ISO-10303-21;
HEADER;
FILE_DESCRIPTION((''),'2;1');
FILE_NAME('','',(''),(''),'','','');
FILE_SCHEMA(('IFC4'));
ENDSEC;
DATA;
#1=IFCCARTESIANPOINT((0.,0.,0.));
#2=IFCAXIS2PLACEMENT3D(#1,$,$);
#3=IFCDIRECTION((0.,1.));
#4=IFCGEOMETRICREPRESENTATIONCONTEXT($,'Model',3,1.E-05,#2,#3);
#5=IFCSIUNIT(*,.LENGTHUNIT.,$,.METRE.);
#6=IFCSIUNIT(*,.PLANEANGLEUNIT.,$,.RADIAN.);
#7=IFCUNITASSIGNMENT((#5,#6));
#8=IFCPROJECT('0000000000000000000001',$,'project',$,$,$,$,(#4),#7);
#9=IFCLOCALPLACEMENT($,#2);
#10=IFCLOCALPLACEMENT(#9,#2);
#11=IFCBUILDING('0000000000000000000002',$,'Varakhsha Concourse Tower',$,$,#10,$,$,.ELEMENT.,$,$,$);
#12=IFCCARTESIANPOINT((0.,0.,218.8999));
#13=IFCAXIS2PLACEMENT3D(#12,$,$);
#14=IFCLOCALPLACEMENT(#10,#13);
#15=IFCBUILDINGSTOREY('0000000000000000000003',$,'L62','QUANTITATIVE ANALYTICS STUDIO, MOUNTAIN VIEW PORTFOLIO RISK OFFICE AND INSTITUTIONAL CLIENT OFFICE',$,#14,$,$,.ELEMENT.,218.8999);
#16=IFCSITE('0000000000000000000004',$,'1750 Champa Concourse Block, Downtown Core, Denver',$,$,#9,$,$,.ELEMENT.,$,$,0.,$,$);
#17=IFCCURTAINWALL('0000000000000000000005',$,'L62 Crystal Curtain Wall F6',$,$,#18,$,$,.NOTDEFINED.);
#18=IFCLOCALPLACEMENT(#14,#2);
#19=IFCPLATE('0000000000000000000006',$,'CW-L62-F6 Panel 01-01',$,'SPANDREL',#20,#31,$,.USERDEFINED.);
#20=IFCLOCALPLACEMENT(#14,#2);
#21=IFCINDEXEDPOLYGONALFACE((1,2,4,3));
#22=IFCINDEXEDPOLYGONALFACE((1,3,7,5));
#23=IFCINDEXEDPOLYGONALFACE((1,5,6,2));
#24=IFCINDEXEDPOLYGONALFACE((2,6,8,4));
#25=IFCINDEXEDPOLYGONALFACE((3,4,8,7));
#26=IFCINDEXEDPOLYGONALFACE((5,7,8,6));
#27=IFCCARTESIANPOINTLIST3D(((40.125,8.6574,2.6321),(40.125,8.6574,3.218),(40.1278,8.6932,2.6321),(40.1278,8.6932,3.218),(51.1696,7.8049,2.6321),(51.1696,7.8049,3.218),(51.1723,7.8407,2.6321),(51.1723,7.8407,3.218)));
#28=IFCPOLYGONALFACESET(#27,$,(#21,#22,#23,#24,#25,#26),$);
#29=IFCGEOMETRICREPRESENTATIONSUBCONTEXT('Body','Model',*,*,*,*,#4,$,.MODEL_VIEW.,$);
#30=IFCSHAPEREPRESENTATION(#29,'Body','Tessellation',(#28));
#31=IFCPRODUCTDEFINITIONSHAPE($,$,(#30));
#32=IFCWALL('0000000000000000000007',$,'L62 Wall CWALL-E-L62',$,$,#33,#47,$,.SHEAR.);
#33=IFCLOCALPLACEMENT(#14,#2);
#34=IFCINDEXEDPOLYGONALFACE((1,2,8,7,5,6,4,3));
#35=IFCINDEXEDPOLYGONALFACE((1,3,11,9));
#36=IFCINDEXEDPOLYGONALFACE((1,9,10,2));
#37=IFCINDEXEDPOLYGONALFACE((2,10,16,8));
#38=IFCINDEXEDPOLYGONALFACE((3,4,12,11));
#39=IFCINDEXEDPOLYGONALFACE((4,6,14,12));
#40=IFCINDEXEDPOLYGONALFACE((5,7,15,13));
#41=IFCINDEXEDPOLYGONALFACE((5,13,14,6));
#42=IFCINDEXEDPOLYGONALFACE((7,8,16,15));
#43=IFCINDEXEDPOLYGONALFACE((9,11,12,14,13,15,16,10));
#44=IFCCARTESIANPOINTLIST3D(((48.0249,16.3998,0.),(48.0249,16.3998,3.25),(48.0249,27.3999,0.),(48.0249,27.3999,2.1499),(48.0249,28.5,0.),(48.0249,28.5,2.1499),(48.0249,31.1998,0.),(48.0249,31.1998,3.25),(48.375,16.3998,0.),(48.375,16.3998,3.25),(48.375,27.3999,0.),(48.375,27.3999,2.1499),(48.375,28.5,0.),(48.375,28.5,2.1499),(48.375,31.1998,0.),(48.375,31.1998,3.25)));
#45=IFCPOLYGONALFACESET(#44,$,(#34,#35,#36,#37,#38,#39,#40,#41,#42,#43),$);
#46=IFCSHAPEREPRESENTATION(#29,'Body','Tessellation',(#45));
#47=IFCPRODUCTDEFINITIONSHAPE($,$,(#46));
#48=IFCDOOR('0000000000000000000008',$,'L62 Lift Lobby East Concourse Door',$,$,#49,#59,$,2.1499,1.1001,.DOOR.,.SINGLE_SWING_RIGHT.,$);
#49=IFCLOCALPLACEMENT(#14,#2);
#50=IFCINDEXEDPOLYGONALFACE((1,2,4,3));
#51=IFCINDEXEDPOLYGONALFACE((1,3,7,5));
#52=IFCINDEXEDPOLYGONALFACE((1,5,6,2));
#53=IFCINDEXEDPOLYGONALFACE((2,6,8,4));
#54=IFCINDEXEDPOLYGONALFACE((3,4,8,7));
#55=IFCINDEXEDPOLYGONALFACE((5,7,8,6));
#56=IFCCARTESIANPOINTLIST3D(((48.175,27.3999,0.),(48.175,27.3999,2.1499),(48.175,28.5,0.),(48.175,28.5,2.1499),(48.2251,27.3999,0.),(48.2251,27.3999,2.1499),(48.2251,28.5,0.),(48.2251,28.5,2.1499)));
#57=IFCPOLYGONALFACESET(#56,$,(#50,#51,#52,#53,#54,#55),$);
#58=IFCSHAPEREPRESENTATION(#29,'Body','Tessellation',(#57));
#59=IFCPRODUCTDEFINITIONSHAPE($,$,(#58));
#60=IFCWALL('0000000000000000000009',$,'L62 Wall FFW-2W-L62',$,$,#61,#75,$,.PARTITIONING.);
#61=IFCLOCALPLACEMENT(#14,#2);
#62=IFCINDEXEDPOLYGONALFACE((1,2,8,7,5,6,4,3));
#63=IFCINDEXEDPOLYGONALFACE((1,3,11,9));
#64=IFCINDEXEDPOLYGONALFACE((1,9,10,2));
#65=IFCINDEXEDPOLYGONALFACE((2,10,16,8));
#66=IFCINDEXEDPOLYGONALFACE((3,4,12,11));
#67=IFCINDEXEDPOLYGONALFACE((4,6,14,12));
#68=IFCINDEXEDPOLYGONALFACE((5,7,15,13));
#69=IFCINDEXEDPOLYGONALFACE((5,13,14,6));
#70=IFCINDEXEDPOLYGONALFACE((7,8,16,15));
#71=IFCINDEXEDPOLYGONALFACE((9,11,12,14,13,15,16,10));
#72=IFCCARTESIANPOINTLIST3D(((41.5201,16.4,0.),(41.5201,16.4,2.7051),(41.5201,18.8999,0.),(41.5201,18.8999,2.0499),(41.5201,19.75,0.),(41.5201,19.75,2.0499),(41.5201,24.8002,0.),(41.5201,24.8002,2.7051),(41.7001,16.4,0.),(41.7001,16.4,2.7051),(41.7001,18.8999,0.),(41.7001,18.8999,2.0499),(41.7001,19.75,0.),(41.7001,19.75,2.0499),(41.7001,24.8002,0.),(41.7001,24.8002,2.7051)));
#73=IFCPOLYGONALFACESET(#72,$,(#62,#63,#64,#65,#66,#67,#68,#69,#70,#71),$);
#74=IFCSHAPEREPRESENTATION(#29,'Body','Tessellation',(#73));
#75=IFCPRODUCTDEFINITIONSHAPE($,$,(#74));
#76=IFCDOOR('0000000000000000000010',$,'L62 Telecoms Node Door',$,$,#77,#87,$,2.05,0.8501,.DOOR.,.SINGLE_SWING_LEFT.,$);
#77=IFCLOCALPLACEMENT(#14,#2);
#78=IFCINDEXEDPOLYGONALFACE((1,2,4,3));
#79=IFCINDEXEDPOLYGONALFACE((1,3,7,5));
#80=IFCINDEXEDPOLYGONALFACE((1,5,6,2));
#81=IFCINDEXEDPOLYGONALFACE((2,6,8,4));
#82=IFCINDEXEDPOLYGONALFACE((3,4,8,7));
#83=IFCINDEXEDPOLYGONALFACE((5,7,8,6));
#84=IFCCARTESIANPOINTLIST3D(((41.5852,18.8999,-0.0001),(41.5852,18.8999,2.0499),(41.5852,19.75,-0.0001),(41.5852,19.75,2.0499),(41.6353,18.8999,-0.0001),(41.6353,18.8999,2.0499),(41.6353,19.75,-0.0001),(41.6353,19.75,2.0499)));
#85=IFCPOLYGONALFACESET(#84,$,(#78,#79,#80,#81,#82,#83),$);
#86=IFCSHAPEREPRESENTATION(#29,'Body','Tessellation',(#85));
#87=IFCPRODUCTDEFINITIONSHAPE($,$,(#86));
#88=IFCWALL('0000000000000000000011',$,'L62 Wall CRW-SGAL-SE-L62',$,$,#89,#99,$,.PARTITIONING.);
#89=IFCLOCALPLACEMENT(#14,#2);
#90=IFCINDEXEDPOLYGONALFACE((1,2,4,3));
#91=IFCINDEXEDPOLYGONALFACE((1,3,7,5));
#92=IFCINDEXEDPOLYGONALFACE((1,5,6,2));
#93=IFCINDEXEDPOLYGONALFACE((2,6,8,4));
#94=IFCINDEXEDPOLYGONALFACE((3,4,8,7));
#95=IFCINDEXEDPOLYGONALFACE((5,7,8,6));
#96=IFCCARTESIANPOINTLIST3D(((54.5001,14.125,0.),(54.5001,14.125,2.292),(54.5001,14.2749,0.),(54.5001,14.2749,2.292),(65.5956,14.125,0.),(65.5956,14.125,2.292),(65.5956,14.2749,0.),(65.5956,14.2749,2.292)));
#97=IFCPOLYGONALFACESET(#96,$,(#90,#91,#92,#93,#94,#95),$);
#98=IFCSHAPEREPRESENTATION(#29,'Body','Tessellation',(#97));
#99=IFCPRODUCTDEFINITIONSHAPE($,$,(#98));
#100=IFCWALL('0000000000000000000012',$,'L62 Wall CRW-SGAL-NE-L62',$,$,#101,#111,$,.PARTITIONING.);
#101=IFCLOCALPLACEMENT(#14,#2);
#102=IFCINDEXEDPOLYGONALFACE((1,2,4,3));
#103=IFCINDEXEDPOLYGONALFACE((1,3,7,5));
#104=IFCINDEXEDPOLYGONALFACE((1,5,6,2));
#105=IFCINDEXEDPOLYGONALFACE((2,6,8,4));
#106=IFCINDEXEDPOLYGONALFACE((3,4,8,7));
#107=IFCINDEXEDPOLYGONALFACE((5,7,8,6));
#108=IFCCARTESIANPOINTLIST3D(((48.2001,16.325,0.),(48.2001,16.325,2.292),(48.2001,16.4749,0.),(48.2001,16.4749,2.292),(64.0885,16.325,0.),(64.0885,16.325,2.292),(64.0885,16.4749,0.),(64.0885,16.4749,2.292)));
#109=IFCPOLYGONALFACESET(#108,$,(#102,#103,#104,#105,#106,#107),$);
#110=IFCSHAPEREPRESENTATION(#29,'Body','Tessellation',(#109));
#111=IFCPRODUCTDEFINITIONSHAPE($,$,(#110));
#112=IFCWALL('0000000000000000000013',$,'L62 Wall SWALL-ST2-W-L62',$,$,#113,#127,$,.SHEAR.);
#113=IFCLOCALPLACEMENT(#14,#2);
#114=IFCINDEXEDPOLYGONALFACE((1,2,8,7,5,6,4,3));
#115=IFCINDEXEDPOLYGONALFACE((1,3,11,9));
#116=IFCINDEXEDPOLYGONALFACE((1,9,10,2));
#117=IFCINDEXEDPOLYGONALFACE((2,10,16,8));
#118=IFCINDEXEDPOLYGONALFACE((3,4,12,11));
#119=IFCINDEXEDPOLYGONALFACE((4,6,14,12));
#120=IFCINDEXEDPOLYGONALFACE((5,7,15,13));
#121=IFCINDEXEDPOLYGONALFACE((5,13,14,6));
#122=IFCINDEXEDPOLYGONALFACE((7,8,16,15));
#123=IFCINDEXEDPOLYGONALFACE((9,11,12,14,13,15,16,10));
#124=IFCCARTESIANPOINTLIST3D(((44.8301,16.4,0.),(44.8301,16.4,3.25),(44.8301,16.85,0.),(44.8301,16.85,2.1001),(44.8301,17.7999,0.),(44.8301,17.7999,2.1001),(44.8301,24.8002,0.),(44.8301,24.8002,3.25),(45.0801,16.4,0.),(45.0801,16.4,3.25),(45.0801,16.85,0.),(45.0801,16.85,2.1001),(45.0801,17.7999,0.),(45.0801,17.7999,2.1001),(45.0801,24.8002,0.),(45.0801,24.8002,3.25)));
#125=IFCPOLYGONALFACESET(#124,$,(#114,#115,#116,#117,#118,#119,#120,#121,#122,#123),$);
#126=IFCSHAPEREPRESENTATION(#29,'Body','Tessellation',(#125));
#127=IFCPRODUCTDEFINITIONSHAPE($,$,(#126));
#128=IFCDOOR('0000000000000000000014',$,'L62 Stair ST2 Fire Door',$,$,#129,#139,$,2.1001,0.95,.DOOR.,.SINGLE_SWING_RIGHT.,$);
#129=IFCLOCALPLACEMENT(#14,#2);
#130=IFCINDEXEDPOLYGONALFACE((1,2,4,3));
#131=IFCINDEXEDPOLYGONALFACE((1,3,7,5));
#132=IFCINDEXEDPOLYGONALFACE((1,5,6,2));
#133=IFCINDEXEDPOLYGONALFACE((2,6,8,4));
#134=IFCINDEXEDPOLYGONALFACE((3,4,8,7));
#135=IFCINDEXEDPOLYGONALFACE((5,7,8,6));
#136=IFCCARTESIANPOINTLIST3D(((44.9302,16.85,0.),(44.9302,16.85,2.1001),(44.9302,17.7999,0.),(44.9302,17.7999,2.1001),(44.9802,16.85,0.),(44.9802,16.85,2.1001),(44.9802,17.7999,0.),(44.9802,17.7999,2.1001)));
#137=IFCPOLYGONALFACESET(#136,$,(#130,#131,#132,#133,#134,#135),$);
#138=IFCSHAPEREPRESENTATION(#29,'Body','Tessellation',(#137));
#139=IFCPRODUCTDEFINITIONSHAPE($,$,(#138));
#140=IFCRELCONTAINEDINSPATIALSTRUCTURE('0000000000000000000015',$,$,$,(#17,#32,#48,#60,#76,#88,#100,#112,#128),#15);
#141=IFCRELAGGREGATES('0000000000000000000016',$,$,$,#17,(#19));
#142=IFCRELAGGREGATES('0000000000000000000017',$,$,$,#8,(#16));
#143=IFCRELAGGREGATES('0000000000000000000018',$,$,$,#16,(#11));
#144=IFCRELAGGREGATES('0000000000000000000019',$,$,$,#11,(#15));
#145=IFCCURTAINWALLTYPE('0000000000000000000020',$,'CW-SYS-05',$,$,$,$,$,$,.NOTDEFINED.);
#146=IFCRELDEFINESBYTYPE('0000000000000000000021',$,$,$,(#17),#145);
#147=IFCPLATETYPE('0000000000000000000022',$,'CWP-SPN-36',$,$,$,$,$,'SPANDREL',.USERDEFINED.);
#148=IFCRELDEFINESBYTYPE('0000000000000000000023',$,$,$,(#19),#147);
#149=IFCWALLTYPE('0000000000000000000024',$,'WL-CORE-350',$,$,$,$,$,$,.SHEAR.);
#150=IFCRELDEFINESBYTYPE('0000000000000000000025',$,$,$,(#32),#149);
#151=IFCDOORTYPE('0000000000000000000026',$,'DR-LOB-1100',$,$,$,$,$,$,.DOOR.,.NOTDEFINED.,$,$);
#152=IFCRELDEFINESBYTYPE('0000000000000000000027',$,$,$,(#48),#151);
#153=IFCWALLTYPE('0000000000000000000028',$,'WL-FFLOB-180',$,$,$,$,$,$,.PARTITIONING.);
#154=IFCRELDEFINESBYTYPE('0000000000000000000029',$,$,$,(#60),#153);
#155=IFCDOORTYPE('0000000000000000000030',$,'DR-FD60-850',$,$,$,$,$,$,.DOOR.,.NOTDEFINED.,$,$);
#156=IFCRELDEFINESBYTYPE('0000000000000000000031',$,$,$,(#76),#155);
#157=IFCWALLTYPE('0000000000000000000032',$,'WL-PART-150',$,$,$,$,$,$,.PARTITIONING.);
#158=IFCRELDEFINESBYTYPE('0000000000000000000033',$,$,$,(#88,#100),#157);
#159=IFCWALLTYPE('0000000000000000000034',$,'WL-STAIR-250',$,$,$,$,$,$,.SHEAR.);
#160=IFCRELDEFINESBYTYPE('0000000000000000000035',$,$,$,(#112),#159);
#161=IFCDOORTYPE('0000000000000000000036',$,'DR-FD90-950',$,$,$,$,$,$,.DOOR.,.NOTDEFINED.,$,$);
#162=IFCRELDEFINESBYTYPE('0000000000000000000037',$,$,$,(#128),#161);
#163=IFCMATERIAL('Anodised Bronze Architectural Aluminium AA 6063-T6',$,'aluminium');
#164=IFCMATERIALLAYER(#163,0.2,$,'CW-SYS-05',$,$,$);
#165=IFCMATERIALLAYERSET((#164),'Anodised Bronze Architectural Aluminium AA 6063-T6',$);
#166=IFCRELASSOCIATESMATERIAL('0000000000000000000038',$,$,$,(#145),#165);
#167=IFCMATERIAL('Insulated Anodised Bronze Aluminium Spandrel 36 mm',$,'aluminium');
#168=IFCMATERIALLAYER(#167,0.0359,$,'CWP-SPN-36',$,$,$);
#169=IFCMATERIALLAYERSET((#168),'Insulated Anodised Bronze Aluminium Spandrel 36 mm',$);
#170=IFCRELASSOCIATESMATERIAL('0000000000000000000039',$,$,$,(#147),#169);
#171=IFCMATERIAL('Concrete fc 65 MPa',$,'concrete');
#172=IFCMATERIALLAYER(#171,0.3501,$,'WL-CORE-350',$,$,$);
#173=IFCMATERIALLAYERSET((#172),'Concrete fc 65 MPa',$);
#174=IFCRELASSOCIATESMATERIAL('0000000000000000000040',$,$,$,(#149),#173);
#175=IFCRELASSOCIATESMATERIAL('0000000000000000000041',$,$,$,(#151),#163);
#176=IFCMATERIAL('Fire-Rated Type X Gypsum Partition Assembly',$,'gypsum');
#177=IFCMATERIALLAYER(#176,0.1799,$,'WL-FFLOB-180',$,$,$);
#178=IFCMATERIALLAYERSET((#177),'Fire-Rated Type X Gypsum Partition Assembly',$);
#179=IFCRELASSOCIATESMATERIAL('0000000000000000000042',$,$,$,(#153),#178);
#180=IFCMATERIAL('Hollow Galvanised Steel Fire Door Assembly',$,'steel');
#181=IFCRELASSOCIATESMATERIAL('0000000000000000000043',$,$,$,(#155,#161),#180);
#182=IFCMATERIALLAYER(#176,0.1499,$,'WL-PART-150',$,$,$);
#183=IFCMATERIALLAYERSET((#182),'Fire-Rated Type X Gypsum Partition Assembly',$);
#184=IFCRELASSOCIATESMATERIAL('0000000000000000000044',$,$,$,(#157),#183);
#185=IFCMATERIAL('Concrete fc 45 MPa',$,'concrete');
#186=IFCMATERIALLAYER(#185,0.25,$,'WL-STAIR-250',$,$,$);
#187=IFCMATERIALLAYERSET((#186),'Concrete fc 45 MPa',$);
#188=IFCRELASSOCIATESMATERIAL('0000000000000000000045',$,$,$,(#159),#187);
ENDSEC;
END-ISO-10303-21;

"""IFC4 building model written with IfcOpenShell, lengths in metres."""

from ifc_helpers import new_model, si_unit, direction, frame, frame_2d, origin, origin_2d, place, context, subcontext, project, spatial, rectangle, extrude, source, transform, mapped, material, layer, layer_set, type_object, type_shapes, element, fill, aggregate, save


model = new_model("IFC4")

# Units and contexts
model_context = context("Model", 3, precision=1e-05, world=origin(), true_north=direction((0.0, 1.0)))
body_context = subcontext(model_context, "Body", "Model", "MODEL_VIEW")
ifc_project = project(units=[si_unit("LENGTHUNIT", "METRE"), si_unit("PLANEANGLEUNIT", "RADIAN")], contexts=[model_context])

# Site, building, storey
site_placement = place(None, origin())
site = spatial("IfcSite", under=ifc_project, at=site_placement, Name="1750 Champa Concourse Block, Downtown Core, Denver", CompositionType="ELEMENT", RefElevation=0.0)
building_placement = place(site_placement, origin())
building = spatial("IfcBuilding", under=site, at=building_placement, Name="Varakhsha Concourse Tower", CompositionType="ELEMENT")
storey_placement = place(building_placement, frame((0.0, 0.0, 218.8999)))
storey = spatial("IfcBuildingStorey", under=building, at=storey_placement, Name="L62", Description="QUANTITATIVE ANALYTICS STUDIO, MOUNTAIN VIEW PORTFOLIO RISK OFFICE AND INSTITUTIONAL CLIENT OFFICE", CompositionType="ELEMENT", Elevation=218.8999)

# Shared definitions
ifc_material_1 = material(Name="Concrete fc 65 MPa", Category="concrete")

# Shared definitions
ifc_material_2 = material(Name="Anodised Bronze Architectural Aluminium AA 6063-T6", Category="aluminium")
ifc_layer_1 = layer(ifc_material_2, 0.2, Name="CW-SYS-05")
ifc_layer_set_1 = layer_set([ifc_layer_1], Name="Anodised Bronze Architectural Aluminium AA 6063-T6")
curtain_wall_type = type_object("IfcCurtainWallType", Name="CW-SYS-05", PredefinedType="NOTDEFINED", material=ifc_layer_set_1)

# Curtain wall
curtain_wall_1_placement = place(storey_placement, origin())
curtain_wall_1 = element("IfcCurtainWall", 1, at=curtain_wall_1_placement, inside=storey, type_object=curtain_wall_type, Name="L62 Crystal Curtain Wall F6", PredefinedType="NOTDEFINED")

# Plate
ifc_material_3 = material(Name="Insulated Anodised Bronze Aluminium Spandrel 36 mm", Category="aluminium")
ifc_layer_2 = layer(ifc_material_3, 0.0359, Name="CWP-SPN-36")
ifc_layer_set_2 = layer_set([ifc_layer_2], Name="Insulated Anodised Bronze Aluminium Spandrel 36 mm")
plate_type_1 = type_object("IfcPlateType", Name="CWP-SPN-36", ElementType="SPANDREL", PredefinedType="USERDEFINED", material=ifc_layer_set_2)
shared_shape_1 = source(origin(), body_context, "Body", "SweptSolid", [
    extrude(rectangle(XDim=11.0774, YDim=0.0359, at=origin_2d()), origin(), (0.0, 0.0, 1.0), 0.5859),
])
type_shapes(plate_type_1, [shared_shape_1])
plate_1_placement = place(storey_placement, frame((45.6487, 8.249, 2.6321), z_axis=(0.0, 0.0, 1.0), x_axis=(-0.997034, 0.076961, 0.0)))
plate_1 = element("IfcPlate", 2, at=plate_1_placement, type_object=plate_type_1, Name="CW-L62-F6 Panel 01-01", ObjectType="SPANDREL", PredefinedType="USERDEFINED", context=body_context, shape_type="MappedRepresentation", body=[
    mapped(shared_shape_1, transform((0.0, 0.0, 0.0), scale=1.0)),
])
aggregate(curtain_wall_1, [plate_1])

# Walls, openings, doors
ifc_layer_3 = layer(ifc_material_1, 0.3501, Name="WL-CORE-350")
ifc_layer_set_3 = layer_set([ifc_layer_3], Name="Concrete fc 65 MPa")
wall_type_1 = type_object("IfcWallType", Name="WL-CORE-350", PredefinedType="SHEAR", material=ifc_layer_set_3)
wall_1_placement = place(storey_placement, frame((48.2, 16.3999, 0.0), z_axis=(0.0, 0.0, 1.0), x_axis=(0.0, 1.0, 0.0)))
wall_1 = element("IfcWall", 3, at=wall_1_placement, inside=storey, type_object=wall_type_1, Name="L62 Wall CWALL-E-L62", PredefinedType="SHEAR", context=body_context, shape_type="SweptSolid", body=[
    extrude(rectangle(XDim=14.8, YDim=0.3501, at=frame_2d((7.3999, 0.0))), origin(), (0.0, 0.0, 1.0), 3.25),
])
opening_1_placement = place(wall_1_placement, frame((11.0, 0.0, 0.0)))
opening_1 = element("IfcOpeningElement", 4, at=opening_1_placement, cuts=wall_1, PredefinedType="OPENING", context=body_context, shape_type="SweptSolid", body=[
    extrude(rectangle(XDim=1.1001, YDim=2.1499, at=frame_2d((0.55, 1.075))), frame((0.0, 0.1851, 0.0), z_axis=(0.0, -1.0, 0.0), x_axis=(1.0, 0.0, 0.0)), (0.0, 0.0, 1.0), 0.3701),
])
door_type_1 = type_object("IfcDoorType", Name="DR-LOB-1100", OperationType="NOTDEFINED", PredefinedType="DOOR", material=ifc_material_2)
door_1_placement = place(opening_1_placement, origin())
door_1 = element("IfcDoor", 5, at=door_1_placement, inside=storey, type_object=door_type_1, Name="L62 Lift Lobby East Concourse Door", OperationType="SINGLE_SWING_RIGHT", OverallHeight=2.1499, OverallWidth=1.1001, PredefinedType="DOOR", context=body_context, shape_type="SweptSolid", body=[
    extrude(rectangle(XDim=1.1001, YDim=2.1499, at=frame_2d((0.55, 1.075))), frame((0.0, 0.0249, 0.0), z_axis=(0.0, -1.0, 0.0), x_axis=(1.0, 0.0, 0.0)), (0.0, 0.0, 1.0), 0.05),
])
fill(opening_1, door_1)
ifc_material_4 = material(Name="Fire-Rated Type X Gypsum Partition Assembly", Category="gypsum")
ifc_layer_4 = layer(ifc_material_4, 0.1799, Name="WL-FFLOB-180")
ifc_layer_set_4 = layer_set([ifc_layer_4], Name="Fire-Rated Type X Gypsum Partition Assembly")
wall_type_2 = type_object("IfcWallType", Name="WL-FFLOB-180", PredefinedType="PARTITIONING", material=ifc_layer_set_4)
wall_2_placement = place(storey_placement, frame((41.6101, 16.3999, 0.0), z_axis=(0.0, 0.0, 1.0), x_axis=(0.0, 1.0, 0.0)))
wall_2 = element("IfcWall", 6, at=wall_2_placement, inside=storey, type_object=wall_type_2, Name="L62 Wall FFW-2W-L62", PredefinedType="PARTITIONING", context=body_context, shape_type="SweptSolid", body=[
    extrude(rectangle(XDim=8.4001, YDim=0.1799, at=frame_2d((4.2002, 0.0))), origin(), (0.0, 0.0, 1.0), 2.7051),
])
opening_2_placement = place(wall_2_placement, frame((2.5, 0.0, 0.0)))
opening_2 = element("IfcOpeningElement", 7, at=opening_2_placement, cuts=wall_2, PredefinedType="OPENING", context=body_context, shape_type="SweptSolid", body=[
    extrude(rectangle(XDim=0.8501, YDim=2.05, at=frame_2d((0.425, 1.0249))), frame((0.0, 0.0999, 0.0), z_axis=(0.0, -1.0, 0.0), x_axis=(1.0, 0.0, 0.0)), (0.0, 0.0, 1.0), 0.2),
])
ifc_material_5 = material(Name="Hollow Galvanised Steel Fire Door Assembly", Category="steel")
door_type_2 = type_object("IfcDoorType", Name="DR-FD60-850", OperationType="NOTDEFINED", PredefinedType="DOOR", material=ifc_material_5)
door_2_placement = place(opening_2_placement, origin())
door_2 = element("IfcDoor", 8, at=door_2_placement, inside=storey, type_object=door_type_2, Name="L62 Telecoms Node Door", OperationType="SINGLE_SWING_LEFT", OverallHeight=2.05, OverallWidth=0.8501, PredefinedType="DOOR", context=body_context, shape_type="SweptSolid", body=[
    extrude(rectangle(XDim=0.8501, YDim=2.05, at=frame_2d((0.425, 1.0249))), frame((0.0, 0.0249, 0.0), z_axis=(0.0, -1.0, 0.0), x_axis=(1.0, 0.0, 0.0)), (0.0, 0.0, 1.0), 0.05),
])
fill(opening_2, door_2)

# Walls
ifc_layer_5 = layer(ifc_material_4, 0.1499, Name="WL-PART-150")
ifc_layer_set_5 = layer_set([ifc_layer_5], Name="Fire-Rated Type X Gypsum Partition Assembly")
wall_type_3 = type_object("IfcWallType", Name="WL-PART-150", PredefinedType="PARTITIONING", material=ifc_layer_set_5)
wall_3_placement = place(storey_placement, frame((54.5, 14.2, 0.0), z_axis=(0.0, 0.0, 1.0), x_axis=(1.0, 0.0, 0.0)))
element("IfcWall", 9, at=wall_3_placement, inside=storey, type_object=wall_type_3, Name="L62 Wall CRW-SGAL-SE-L62", PredefinedType="PARTITIONING", context=body_context, shape_type="SweptSolid", body=[
    extrude(rectangle(XDim=11.0955, YDim=0.1499, at=frame_2d((5.5479, 0.0))), origin(), (0.0, 0.0, 1.0), 2.292),
])
wall_4_placement = place(storey_placement, frame((48.2, 16.3999, 0.0), z_axis=(0.0, 0.0, 1.0), x_axis=(1.0, 0.0, 0.0)))
element("IfcWall", 10, at=wall_4_placement, inside=storey, type_object=wall_type_3, Name="L62 Wall CRW-SGAL-NE-L62", PredefinedType="PARTITIONING", context=body_context, shape_type="SweptSolid", body=[
    extrude(rectangle(XDim=15.8884, YDim=0.1499, at=frame_2d((7.9443, 0.0))), origin(), (0.0, 0.0, 1.0), 2.292),
])

# Wall, opening, door
ifc_material_6 = material(Name="Concrete fc 45 MPa", Category="concrete")
ifc_layer_6 = layer(ifc_material_6, 0.25, Name="WL-STAIR-250")
ifc_layer_set_6 = layer_set([ifc_layer_6], Name="Concrete fc 45 MPa")
wall_type_4 = type_object("IfcWallType", Name="WL-STAIR-250", PredefinedType="SHEAR", material=ifc_layer_set_6)
wall_5_placement = place(storey_placement, frame((44.9551, 16.3999, 0.0), z_axis=(0.0, 0.0, 1.0), x_axis=(0.0, 1.0, 0.0)))
wall_5 = element("IfcWall", 11, at=wall_5_placement, inside=storey, type_object=wall_type_4, Name="L62 Wall SWALL-ST2-W-L62", PredefinedType="SHEAR", context=body_context, shape_type="SweptSolid", body=[
    extrude(rectangle(XDim=8.4001, YDim=0.25, at=frame_2d((4.2002, 0.0))), origin(), (0.0, 0.0, 1.0), 3.25),
])
opening_3_placement = place(wall_5_placement, frame((0.45, 0.0, 0.0)))
opening_3 = element("IfcOpeningElement", 12, at=opening_3_placement, cuts=wall_5, PredefinedType="OPENING", context=body_context, shape_type="SweptSolid", body=[
    extrude(rectangle(XDim=0.95, YDim=2.1001, at=frame_2d((0.4751, 1.05))), frame((0.0, 0.135, 0.0), z_axis=(0.0, -1.0, 0.0), x_axis=(1.0, 0.0, 0.0)), (0.0, 0.0, 1.0), 0.27),
])
door_type_3 = type_object("IfcDoorType", Name="DR-FD90-950", OperationType="NOTDEFINED", PredefinedType="DOOR", material=ifc_material_5)
door_3_placement = place(opening_3_placement, origin())
door_3 = element("IfcDoor", 13, at=door_3_placement, inside=storey, type_object=door_type_3, Name="L62 Stair ST2 Fire Door", OperationType="SINGLE_SWING_RIGHT", OverallHeight=2.1001, OverallWidth=0.95, PredefinedType="DOOR", context=body_context, shape_type="SweptSolid", body=[
    extrude(rectangle(XDim=0.95, YDim=2.1001, at=frame_2d((0.4751, 1.05))), frame((0.0, 0.0249, 0.0), z_axis=(0.0, -1.0, 0.0), x_axis=(1.0, 0.0, 0.0)), (0.0, 0.0, 1.0), 0.05),
])
fill(opening_3, door_3)

save(model, "model.ifc")
